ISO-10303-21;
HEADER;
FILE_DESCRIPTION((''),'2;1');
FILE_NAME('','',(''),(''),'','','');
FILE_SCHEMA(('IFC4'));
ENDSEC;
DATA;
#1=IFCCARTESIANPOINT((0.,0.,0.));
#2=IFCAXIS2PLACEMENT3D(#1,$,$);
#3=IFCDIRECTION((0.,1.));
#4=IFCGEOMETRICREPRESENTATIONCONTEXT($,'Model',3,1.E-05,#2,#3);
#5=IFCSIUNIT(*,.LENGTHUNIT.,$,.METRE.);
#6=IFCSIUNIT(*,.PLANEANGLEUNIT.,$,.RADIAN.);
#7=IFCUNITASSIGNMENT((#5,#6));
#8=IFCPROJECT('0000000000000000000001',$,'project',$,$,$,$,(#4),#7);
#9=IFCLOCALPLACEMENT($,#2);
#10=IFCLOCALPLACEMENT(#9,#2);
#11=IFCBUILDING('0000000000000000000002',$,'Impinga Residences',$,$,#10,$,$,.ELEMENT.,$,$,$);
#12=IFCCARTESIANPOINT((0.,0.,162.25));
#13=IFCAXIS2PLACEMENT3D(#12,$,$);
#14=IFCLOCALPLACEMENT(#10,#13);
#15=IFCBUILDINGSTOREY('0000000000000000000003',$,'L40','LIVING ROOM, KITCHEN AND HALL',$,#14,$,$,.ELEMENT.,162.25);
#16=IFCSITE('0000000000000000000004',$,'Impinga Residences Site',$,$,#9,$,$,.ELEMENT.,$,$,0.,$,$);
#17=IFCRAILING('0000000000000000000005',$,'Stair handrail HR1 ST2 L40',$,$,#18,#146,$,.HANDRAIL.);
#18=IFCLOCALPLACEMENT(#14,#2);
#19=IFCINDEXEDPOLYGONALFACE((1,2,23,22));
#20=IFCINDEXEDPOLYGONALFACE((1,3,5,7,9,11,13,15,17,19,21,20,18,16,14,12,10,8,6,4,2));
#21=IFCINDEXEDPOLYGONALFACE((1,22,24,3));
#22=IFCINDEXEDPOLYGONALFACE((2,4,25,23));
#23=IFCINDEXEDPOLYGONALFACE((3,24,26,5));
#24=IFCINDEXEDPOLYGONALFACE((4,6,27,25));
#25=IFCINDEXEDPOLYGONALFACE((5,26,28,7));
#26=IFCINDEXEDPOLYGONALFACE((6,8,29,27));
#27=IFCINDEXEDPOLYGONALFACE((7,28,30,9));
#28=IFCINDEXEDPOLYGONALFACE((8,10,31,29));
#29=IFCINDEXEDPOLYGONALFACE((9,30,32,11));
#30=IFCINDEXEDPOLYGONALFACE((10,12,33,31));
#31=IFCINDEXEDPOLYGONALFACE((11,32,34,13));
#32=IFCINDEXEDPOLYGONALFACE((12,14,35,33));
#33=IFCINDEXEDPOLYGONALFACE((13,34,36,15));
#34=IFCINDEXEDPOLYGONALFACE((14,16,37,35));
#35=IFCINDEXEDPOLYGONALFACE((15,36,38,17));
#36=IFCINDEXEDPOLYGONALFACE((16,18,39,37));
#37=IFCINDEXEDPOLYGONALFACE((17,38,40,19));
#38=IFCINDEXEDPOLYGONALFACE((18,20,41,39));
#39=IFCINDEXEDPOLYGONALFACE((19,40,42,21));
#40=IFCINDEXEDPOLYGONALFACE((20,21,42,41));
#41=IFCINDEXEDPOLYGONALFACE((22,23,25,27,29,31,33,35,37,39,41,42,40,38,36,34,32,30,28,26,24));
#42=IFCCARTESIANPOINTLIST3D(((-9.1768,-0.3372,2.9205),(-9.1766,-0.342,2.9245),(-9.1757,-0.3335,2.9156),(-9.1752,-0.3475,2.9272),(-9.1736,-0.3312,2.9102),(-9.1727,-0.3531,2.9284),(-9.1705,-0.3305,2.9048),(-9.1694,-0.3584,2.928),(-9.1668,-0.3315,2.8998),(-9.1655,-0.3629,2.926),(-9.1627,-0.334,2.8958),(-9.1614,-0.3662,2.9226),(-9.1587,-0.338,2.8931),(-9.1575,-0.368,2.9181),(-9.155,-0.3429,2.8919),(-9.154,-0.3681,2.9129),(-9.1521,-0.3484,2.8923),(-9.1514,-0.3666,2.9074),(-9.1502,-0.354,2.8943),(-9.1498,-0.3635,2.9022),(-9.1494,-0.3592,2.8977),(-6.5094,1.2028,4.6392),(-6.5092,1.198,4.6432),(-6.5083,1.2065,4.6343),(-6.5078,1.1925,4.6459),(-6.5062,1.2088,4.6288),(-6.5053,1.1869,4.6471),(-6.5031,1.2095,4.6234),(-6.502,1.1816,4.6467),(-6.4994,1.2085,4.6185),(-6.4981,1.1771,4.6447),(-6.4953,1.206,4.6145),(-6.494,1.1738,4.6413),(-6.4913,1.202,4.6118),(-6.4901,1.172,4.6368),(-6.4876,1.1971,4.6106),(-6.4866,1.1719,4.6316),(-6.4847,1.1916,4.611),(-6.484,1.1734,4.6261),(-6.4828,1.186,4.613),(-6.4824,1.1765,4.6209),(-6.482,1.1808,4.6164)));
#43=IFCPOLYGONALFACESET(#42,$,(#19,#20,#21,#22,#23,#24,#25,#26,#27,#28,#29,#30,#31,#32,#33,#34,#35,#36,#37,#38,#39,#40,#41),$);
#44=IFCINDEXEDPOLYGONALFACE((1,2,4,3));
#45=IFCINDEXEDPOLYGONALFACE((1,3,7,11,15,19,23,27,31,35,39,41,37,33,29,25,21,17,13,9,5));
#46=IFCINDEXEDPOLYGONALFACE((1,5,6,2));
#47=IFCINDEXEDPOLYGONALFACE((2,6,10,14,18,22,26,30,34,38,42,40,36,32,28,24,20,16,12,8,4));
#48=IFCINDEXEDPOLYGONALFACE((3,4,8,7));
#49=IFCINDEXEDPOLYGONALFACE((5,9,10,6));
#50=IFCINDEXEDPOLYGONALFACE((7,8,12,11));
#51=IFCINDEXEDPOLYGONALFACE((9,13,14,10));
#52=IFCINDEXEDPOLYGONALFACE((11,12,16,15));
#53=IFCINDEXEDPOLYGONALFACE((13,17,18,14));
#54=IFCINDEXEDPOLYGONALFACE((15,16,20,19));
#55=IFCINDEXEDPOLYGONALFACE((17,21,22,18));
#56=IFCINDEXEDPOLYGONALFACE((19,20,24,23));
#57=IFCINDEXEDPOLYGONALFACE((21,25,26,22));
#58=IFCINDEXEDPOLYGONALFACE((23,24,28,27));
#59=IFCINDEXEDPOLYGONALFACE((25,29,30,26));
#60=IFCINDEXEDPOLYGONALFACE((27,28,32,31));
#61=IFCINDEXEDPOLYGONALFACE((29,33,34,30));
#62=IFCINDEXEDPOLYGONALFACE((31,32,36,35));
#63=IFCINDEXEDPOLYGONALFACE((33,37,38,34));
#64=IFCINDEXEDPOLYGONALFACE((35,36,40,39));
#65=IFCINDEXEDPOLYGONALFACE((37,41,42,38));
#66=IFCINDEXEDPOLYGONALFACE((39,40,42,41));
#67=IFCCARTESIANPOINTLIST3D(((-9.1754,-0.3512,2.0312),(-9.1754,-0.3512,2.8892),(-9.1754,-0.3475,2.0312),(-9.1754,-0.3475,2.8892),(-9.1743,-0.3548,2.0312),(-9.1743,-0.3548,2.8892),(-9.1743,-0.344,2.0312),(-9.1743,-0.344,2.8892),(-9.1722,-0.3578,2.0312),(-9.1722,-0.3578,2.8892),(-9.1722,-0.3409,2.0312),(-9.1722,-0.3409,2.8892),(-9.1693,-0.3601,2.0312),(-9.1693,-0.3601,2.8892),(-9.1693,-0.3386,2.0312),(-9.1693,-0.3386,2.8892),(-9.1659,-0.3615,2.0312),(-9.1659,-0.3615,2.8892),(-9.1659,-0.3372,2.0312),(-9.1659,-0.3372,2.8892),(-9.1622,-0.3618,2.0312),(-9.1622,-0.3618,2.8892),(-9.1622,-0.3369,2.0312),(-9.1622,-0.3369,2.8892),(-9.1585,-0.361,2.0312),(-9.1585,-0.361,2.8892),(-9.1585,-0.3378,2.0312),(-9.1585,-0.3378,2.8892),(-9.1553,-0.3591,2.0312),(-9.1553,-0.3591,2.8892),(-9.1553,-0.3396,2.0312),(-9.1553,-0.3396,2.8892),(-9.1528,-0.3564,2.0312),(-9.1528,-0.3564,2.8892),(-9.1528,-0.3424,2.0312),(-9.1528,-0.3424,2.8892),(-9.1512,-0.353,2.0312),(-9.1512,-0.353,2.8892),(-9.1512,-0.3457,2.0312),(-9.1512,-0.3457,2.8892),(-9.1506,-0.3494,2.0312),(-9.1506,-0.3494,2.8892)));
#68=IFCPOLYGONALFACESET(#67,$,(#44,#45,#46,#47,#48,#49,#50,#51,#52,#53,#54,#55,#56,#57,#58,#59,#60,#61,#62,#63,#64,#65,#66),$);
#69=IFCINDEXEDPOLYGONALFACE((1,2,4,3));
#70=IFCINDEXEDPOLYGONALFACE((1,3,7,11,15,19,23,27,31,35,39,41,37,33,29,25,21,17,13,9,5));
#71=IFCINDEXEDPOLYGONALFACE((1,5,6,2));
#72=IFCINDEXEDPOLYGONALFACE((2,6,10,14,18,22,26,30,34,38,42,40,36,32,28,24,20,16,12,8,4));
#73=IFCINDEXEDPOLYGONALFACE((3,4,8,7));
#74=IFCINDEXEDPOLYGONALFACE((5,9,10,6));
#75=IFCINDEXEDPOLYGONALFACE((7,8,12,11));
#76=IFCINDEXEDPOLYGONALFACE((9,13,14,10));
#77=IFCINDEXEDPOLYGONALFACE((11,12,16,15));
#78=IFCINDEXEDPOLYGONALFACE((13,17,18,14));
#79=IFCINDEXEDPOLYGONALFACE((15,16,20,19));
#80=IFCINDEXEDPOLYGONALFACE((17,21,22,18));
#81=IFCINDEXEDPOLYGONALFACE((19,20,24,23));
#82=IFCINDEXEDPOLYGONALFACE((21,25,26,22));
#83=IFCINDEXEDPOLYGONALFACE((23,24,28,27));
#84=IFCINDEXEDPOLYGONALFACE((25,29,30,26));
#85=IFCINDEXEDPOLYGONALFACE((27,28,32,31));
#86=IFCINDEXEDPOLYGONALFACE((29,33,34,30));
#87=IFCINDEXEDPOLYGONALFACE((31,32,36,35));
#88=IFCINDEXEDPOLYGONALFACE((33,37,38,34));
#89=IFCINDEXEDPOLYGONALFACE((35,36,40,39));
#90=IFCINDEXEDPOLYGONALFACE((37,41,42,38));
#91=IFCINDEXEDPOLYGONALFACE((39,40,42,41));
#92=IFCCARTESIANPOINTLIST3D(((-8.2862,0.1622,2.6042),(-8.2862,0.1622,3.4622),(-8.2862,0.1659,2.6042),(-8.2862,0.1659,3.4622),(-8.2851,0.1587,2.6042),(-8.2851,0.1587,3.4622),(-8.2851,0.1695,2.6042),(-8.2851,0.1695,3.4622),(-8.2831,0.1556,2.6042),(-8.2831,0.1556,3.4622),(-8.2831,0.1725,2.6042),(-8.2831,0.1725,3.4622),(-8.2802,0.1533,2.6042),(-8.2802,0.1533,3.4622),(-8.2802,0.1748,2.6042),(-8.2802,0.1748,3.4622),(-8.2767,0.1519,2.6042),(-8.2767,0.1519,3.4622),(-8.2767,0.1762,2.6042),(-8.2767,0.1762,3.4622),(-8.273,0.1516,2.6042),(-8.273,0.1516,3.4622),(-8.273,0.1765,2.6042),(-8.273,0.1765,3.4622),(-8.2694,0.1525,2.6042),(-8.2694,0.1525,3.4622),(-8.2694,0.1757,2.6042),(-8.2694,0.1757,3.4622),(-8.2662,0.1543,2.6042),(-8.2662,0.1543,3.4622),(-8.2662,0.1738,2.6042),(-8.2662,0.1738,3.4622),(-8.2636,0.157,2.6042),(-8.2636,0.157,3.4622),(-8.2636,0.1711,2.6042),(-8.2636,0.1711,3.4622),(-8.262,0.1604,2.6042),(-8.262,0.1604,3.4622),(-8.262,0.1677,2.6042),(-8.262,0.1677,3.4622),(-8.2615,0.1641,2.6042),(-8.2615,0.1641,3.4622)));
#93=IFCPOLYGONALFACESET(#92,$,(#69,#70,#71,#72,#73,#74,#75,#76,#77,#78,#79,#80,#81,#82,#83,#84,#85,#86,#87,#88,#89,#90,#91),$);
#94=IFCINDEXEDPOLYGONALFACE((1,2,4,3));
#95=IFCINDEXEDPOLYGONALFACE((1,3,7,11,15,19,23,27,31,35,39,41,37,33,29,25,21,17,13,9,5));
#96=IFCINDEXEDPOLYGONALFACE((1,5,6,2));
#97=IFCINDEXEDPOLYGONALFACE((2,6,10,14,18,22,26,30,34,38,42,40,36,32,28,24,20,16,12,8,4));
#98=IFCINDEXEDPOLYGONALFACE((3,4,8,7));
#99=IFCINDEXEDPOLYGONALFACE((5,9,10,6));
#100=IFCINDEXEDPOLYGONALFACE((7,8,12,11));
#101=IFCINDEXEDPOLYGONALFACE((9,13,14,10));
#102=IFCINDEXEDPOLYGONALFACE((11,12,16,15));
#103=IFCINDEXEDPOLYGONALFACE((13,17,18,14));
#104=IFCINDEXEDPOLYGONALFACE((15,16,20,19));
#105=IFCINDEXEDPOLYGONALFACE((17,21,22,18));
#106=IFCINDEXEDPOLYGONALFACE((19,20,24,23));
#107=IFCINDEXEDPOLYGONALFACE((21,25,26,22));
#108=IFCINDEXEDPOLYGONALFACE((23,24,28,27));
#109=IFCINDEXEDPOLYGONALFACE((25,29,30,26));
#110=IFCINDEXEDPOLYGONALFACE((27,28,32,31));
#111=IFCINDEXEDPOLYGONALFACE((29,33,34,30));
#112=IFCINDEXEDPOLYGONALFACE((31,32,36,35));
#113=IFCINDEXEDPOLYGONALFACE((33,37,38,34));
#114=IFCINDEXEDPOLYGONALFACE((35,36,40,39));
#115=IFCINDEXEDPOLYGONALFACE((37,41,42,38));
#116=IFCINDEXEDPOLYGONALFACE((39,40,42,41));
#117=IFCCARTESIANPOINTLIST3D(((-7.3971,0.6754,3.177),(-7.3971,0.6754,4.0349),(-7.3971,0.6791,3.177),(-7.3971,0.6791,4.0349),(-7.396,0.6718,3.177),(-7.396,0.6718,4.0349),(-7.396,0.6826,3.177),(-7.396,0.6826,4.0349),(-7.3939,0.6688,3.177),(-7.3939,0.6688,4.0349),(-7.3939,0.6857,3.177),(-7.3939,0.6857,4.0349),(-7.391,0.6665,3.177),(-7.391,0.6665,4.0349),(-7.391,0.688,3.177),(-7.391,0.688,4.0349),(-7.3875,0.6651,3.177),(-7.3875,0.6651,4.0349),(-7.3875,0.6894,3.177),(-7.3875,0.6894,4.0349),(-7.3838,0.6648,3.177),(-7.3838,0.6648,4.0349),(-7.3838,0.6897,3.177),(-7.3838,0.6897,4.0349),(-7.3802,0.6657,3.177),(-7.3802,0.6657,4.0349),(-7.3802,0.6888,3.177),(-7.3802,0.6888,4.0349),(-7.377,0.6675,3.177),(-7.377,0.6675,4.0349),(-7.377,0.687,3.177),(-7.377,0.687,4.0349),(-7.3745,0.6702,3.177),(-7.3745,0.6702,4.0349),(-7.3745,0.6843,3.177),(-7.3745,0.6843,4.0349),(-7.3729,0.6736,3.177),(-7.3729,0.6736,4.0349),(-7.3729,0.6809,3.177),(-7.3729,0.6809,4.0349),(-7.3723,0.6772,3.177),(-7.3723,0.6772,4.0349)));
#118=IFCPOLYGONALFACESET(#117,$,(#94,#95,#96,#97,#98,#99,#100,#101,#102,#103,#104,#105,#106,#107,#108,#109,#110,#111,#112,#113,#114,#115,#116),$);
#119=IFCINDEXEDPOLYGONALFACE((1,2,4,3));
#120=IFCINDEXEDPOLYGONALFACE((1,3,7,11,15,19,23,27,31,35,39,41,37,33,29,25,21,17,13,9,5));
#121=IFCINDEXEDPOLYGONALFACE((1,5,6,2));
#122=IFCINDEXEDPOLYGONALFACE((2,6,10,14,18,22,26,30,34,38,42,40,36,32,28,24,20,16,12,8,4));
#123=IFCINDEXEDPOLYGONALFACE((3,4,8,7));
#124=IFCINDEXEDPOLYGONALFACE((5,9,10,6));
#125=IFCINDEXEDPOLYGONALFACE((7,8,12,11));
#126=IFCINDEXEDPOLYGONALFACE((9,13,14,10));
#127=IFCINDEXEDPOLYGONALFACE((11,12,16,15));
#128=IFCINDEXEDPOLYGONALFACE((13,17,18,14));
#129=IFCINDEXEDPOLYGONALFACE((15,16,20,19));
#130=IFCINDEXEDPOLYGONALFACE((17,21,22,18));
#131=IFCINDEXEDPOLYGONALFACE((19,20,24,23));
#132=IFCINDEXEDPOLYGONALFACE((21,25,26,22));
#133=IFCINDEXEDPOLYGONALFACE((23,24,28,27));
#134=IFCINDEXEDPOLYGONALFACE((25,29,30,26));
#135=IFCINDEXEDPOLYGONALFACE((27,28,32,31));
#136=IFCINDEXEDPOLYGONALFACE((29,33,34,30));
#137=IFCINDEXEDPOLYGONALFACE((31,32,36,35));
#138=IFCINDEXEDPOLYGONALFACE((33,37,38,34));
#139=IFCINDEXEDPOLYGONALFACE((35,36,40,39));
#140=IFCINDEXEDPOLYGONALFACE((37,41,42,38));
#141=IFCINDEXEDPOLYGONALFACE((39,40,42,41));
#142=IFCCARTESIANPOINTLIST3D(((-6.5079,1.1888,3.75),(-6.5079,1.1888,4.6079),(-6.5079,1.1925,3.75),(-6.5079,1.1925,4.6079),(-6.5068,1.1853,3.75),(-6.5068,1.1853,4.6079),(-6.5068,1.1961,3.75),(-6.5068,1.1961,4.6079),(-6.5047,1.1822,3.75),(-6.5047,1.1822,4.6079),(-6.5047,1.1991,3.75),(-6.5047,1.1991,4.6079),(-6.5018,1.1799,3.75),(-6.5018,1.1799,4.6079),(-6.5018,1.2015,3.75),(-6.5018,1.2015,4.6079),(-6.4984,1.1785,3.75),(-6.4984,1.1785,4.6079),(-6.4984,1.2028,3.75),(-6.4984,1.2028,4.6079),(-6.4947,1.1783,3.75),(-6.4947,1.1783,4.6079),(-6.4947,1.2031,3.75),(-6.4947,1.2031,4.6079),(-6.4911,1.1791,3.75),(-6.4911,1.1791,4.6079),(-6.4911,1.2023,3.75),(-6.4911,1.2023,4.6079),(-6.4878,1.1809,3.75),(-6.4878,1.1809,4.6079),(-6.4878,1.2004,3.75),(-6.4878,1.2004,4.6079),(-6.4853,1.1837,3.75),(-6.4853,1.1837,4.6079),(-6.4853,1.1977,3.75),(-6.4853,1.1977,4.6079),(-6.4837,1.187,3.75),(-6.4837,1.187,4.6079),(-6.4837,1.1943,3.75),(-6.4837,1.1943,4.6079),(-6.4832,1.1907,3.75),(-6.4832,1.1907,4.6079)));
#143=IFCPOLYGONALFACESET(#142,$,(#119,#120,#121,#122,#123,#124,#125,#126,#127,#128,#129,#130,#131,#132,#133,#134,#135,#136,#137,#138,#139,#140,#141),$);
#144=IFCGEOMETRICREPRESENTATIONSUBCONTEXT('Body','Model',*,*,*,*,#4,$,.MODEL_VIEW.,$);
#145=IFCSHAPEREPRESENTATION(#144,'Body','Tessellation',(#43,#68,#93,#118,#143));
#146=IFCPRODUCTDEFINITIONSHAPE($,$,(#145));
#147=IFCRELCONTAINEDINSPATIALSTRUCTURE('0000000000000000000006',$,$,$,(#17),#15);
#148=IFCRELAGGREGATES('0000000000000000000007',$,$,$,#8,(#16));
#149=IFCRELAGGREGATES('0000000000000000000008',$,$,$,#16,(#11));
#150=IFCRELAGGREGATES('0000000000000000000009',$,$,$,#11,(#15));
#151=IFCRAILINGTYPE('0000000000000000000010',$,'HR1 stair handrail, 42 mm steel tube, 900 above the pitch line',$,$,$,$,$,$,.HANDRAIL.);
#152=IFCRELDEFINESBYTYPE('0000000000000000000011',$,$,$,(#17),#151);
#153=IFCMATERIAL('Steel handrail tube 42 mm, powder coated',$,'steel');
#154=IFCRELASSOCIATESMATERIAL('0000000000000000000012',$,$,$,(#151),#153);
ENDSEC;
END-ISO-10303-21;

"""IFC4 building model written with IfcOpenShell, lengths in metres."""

from ifc_helpers import new_model, si_unit, direction, frame, origin, origin_2d, place, context, subcontext, project, spatial, circle, extrude, material, type_object, element, save


model = new_model("IFC4")

# Units and contexts
model_context = context("Model", 3, precision=1e-05, world=origin(), true_north=direction((0.0, 1.0)))
body_context = subcontext(model_context, "Body", "Model", "MODEL_VIEW")
ifc_project = project(units=[si_unit("LENGTHUNIT", "METRE"), si_unit("PLANEANGLEUNIT", "RADIAN")], contexts=[model_context])

# Site, building, storey
site_placement = place(None, origin())
site = spatial("IfcSite", under=ifc_project, at=site_placement, Name="Impinga Residences Site", CompositionType="ELEMENT", RefElevation=0.0)
building_placement = place(site_placement, origin())
building = spatial("IfcBuilding", under=site, at=building_placement, Name="Impinga Residences", CompositionType="ELEMENT")
storey_placement = place(building_placement, frame((0.0, 0.0, 162.25)))
storey = spatial("IfcBuildingStorey", under=building, at=storey_placement, Name="L40", Description="LIVING ROOM, KITCHEN AND HALL", CompositionType="ELEMENT", Elevation=162.25)

# Railing
ifc_material_1 = material(Name="Steel handrail tube 42 mm, powder coated", Category="steel")
railing_type_1 = type_object("IfcRailingType", Name="HR1 stair handrail, 42 mm steel tube, 900 above the pitch line", PredefinedType="HANDRAIL", material=ifc_material_1)
railing_1_placement = place(storey_placement, frame((-9.1631, -0.3494, 2.0312)))
element("IfcRailing", 1, at=railing_1_placement, inside=storey, type_object=railing_type_1, Name="Stair handrail HR1 ST2 L40", PredefinedType="HANDRAIL", context=body_context, shape_type="SweptSolid", body=[
    extrude(circle(Radius=0.021, at=origin_2d()), frame((0.0, 0.0, 0.8789), z_axis=(0.756256, 0.436616, 0.487282), x_axis=(-0.499992, 0.86603, 0.0)), (0.0, 0.0, 1.0), 3.5271),
    extrude(circle(Radius=0.0125, at=origin_2d()), origin(), (0.0, 0.0, 1.0), 0.8579),
    extrude(circle(Radius=0.0125, at=origin_2d()), frame((0.8892, 0.5134, 0.573)), (0.0, 0.0, 1.0), 0.8579),
    extrude(circle(Radius=0.0125, at=origin_2d()), frame((1.7783, 1.0266, 1.1458)), (0.0, 0.0, 1.0), 0.8579),
    extrude(circle(Radius=0.0125, at=origin_2d()), frame((2.6675, 1.54, 1.7188)), (0.0, 0.0, 1.0), 0.8579),
])

save(model, "model.ifc")
